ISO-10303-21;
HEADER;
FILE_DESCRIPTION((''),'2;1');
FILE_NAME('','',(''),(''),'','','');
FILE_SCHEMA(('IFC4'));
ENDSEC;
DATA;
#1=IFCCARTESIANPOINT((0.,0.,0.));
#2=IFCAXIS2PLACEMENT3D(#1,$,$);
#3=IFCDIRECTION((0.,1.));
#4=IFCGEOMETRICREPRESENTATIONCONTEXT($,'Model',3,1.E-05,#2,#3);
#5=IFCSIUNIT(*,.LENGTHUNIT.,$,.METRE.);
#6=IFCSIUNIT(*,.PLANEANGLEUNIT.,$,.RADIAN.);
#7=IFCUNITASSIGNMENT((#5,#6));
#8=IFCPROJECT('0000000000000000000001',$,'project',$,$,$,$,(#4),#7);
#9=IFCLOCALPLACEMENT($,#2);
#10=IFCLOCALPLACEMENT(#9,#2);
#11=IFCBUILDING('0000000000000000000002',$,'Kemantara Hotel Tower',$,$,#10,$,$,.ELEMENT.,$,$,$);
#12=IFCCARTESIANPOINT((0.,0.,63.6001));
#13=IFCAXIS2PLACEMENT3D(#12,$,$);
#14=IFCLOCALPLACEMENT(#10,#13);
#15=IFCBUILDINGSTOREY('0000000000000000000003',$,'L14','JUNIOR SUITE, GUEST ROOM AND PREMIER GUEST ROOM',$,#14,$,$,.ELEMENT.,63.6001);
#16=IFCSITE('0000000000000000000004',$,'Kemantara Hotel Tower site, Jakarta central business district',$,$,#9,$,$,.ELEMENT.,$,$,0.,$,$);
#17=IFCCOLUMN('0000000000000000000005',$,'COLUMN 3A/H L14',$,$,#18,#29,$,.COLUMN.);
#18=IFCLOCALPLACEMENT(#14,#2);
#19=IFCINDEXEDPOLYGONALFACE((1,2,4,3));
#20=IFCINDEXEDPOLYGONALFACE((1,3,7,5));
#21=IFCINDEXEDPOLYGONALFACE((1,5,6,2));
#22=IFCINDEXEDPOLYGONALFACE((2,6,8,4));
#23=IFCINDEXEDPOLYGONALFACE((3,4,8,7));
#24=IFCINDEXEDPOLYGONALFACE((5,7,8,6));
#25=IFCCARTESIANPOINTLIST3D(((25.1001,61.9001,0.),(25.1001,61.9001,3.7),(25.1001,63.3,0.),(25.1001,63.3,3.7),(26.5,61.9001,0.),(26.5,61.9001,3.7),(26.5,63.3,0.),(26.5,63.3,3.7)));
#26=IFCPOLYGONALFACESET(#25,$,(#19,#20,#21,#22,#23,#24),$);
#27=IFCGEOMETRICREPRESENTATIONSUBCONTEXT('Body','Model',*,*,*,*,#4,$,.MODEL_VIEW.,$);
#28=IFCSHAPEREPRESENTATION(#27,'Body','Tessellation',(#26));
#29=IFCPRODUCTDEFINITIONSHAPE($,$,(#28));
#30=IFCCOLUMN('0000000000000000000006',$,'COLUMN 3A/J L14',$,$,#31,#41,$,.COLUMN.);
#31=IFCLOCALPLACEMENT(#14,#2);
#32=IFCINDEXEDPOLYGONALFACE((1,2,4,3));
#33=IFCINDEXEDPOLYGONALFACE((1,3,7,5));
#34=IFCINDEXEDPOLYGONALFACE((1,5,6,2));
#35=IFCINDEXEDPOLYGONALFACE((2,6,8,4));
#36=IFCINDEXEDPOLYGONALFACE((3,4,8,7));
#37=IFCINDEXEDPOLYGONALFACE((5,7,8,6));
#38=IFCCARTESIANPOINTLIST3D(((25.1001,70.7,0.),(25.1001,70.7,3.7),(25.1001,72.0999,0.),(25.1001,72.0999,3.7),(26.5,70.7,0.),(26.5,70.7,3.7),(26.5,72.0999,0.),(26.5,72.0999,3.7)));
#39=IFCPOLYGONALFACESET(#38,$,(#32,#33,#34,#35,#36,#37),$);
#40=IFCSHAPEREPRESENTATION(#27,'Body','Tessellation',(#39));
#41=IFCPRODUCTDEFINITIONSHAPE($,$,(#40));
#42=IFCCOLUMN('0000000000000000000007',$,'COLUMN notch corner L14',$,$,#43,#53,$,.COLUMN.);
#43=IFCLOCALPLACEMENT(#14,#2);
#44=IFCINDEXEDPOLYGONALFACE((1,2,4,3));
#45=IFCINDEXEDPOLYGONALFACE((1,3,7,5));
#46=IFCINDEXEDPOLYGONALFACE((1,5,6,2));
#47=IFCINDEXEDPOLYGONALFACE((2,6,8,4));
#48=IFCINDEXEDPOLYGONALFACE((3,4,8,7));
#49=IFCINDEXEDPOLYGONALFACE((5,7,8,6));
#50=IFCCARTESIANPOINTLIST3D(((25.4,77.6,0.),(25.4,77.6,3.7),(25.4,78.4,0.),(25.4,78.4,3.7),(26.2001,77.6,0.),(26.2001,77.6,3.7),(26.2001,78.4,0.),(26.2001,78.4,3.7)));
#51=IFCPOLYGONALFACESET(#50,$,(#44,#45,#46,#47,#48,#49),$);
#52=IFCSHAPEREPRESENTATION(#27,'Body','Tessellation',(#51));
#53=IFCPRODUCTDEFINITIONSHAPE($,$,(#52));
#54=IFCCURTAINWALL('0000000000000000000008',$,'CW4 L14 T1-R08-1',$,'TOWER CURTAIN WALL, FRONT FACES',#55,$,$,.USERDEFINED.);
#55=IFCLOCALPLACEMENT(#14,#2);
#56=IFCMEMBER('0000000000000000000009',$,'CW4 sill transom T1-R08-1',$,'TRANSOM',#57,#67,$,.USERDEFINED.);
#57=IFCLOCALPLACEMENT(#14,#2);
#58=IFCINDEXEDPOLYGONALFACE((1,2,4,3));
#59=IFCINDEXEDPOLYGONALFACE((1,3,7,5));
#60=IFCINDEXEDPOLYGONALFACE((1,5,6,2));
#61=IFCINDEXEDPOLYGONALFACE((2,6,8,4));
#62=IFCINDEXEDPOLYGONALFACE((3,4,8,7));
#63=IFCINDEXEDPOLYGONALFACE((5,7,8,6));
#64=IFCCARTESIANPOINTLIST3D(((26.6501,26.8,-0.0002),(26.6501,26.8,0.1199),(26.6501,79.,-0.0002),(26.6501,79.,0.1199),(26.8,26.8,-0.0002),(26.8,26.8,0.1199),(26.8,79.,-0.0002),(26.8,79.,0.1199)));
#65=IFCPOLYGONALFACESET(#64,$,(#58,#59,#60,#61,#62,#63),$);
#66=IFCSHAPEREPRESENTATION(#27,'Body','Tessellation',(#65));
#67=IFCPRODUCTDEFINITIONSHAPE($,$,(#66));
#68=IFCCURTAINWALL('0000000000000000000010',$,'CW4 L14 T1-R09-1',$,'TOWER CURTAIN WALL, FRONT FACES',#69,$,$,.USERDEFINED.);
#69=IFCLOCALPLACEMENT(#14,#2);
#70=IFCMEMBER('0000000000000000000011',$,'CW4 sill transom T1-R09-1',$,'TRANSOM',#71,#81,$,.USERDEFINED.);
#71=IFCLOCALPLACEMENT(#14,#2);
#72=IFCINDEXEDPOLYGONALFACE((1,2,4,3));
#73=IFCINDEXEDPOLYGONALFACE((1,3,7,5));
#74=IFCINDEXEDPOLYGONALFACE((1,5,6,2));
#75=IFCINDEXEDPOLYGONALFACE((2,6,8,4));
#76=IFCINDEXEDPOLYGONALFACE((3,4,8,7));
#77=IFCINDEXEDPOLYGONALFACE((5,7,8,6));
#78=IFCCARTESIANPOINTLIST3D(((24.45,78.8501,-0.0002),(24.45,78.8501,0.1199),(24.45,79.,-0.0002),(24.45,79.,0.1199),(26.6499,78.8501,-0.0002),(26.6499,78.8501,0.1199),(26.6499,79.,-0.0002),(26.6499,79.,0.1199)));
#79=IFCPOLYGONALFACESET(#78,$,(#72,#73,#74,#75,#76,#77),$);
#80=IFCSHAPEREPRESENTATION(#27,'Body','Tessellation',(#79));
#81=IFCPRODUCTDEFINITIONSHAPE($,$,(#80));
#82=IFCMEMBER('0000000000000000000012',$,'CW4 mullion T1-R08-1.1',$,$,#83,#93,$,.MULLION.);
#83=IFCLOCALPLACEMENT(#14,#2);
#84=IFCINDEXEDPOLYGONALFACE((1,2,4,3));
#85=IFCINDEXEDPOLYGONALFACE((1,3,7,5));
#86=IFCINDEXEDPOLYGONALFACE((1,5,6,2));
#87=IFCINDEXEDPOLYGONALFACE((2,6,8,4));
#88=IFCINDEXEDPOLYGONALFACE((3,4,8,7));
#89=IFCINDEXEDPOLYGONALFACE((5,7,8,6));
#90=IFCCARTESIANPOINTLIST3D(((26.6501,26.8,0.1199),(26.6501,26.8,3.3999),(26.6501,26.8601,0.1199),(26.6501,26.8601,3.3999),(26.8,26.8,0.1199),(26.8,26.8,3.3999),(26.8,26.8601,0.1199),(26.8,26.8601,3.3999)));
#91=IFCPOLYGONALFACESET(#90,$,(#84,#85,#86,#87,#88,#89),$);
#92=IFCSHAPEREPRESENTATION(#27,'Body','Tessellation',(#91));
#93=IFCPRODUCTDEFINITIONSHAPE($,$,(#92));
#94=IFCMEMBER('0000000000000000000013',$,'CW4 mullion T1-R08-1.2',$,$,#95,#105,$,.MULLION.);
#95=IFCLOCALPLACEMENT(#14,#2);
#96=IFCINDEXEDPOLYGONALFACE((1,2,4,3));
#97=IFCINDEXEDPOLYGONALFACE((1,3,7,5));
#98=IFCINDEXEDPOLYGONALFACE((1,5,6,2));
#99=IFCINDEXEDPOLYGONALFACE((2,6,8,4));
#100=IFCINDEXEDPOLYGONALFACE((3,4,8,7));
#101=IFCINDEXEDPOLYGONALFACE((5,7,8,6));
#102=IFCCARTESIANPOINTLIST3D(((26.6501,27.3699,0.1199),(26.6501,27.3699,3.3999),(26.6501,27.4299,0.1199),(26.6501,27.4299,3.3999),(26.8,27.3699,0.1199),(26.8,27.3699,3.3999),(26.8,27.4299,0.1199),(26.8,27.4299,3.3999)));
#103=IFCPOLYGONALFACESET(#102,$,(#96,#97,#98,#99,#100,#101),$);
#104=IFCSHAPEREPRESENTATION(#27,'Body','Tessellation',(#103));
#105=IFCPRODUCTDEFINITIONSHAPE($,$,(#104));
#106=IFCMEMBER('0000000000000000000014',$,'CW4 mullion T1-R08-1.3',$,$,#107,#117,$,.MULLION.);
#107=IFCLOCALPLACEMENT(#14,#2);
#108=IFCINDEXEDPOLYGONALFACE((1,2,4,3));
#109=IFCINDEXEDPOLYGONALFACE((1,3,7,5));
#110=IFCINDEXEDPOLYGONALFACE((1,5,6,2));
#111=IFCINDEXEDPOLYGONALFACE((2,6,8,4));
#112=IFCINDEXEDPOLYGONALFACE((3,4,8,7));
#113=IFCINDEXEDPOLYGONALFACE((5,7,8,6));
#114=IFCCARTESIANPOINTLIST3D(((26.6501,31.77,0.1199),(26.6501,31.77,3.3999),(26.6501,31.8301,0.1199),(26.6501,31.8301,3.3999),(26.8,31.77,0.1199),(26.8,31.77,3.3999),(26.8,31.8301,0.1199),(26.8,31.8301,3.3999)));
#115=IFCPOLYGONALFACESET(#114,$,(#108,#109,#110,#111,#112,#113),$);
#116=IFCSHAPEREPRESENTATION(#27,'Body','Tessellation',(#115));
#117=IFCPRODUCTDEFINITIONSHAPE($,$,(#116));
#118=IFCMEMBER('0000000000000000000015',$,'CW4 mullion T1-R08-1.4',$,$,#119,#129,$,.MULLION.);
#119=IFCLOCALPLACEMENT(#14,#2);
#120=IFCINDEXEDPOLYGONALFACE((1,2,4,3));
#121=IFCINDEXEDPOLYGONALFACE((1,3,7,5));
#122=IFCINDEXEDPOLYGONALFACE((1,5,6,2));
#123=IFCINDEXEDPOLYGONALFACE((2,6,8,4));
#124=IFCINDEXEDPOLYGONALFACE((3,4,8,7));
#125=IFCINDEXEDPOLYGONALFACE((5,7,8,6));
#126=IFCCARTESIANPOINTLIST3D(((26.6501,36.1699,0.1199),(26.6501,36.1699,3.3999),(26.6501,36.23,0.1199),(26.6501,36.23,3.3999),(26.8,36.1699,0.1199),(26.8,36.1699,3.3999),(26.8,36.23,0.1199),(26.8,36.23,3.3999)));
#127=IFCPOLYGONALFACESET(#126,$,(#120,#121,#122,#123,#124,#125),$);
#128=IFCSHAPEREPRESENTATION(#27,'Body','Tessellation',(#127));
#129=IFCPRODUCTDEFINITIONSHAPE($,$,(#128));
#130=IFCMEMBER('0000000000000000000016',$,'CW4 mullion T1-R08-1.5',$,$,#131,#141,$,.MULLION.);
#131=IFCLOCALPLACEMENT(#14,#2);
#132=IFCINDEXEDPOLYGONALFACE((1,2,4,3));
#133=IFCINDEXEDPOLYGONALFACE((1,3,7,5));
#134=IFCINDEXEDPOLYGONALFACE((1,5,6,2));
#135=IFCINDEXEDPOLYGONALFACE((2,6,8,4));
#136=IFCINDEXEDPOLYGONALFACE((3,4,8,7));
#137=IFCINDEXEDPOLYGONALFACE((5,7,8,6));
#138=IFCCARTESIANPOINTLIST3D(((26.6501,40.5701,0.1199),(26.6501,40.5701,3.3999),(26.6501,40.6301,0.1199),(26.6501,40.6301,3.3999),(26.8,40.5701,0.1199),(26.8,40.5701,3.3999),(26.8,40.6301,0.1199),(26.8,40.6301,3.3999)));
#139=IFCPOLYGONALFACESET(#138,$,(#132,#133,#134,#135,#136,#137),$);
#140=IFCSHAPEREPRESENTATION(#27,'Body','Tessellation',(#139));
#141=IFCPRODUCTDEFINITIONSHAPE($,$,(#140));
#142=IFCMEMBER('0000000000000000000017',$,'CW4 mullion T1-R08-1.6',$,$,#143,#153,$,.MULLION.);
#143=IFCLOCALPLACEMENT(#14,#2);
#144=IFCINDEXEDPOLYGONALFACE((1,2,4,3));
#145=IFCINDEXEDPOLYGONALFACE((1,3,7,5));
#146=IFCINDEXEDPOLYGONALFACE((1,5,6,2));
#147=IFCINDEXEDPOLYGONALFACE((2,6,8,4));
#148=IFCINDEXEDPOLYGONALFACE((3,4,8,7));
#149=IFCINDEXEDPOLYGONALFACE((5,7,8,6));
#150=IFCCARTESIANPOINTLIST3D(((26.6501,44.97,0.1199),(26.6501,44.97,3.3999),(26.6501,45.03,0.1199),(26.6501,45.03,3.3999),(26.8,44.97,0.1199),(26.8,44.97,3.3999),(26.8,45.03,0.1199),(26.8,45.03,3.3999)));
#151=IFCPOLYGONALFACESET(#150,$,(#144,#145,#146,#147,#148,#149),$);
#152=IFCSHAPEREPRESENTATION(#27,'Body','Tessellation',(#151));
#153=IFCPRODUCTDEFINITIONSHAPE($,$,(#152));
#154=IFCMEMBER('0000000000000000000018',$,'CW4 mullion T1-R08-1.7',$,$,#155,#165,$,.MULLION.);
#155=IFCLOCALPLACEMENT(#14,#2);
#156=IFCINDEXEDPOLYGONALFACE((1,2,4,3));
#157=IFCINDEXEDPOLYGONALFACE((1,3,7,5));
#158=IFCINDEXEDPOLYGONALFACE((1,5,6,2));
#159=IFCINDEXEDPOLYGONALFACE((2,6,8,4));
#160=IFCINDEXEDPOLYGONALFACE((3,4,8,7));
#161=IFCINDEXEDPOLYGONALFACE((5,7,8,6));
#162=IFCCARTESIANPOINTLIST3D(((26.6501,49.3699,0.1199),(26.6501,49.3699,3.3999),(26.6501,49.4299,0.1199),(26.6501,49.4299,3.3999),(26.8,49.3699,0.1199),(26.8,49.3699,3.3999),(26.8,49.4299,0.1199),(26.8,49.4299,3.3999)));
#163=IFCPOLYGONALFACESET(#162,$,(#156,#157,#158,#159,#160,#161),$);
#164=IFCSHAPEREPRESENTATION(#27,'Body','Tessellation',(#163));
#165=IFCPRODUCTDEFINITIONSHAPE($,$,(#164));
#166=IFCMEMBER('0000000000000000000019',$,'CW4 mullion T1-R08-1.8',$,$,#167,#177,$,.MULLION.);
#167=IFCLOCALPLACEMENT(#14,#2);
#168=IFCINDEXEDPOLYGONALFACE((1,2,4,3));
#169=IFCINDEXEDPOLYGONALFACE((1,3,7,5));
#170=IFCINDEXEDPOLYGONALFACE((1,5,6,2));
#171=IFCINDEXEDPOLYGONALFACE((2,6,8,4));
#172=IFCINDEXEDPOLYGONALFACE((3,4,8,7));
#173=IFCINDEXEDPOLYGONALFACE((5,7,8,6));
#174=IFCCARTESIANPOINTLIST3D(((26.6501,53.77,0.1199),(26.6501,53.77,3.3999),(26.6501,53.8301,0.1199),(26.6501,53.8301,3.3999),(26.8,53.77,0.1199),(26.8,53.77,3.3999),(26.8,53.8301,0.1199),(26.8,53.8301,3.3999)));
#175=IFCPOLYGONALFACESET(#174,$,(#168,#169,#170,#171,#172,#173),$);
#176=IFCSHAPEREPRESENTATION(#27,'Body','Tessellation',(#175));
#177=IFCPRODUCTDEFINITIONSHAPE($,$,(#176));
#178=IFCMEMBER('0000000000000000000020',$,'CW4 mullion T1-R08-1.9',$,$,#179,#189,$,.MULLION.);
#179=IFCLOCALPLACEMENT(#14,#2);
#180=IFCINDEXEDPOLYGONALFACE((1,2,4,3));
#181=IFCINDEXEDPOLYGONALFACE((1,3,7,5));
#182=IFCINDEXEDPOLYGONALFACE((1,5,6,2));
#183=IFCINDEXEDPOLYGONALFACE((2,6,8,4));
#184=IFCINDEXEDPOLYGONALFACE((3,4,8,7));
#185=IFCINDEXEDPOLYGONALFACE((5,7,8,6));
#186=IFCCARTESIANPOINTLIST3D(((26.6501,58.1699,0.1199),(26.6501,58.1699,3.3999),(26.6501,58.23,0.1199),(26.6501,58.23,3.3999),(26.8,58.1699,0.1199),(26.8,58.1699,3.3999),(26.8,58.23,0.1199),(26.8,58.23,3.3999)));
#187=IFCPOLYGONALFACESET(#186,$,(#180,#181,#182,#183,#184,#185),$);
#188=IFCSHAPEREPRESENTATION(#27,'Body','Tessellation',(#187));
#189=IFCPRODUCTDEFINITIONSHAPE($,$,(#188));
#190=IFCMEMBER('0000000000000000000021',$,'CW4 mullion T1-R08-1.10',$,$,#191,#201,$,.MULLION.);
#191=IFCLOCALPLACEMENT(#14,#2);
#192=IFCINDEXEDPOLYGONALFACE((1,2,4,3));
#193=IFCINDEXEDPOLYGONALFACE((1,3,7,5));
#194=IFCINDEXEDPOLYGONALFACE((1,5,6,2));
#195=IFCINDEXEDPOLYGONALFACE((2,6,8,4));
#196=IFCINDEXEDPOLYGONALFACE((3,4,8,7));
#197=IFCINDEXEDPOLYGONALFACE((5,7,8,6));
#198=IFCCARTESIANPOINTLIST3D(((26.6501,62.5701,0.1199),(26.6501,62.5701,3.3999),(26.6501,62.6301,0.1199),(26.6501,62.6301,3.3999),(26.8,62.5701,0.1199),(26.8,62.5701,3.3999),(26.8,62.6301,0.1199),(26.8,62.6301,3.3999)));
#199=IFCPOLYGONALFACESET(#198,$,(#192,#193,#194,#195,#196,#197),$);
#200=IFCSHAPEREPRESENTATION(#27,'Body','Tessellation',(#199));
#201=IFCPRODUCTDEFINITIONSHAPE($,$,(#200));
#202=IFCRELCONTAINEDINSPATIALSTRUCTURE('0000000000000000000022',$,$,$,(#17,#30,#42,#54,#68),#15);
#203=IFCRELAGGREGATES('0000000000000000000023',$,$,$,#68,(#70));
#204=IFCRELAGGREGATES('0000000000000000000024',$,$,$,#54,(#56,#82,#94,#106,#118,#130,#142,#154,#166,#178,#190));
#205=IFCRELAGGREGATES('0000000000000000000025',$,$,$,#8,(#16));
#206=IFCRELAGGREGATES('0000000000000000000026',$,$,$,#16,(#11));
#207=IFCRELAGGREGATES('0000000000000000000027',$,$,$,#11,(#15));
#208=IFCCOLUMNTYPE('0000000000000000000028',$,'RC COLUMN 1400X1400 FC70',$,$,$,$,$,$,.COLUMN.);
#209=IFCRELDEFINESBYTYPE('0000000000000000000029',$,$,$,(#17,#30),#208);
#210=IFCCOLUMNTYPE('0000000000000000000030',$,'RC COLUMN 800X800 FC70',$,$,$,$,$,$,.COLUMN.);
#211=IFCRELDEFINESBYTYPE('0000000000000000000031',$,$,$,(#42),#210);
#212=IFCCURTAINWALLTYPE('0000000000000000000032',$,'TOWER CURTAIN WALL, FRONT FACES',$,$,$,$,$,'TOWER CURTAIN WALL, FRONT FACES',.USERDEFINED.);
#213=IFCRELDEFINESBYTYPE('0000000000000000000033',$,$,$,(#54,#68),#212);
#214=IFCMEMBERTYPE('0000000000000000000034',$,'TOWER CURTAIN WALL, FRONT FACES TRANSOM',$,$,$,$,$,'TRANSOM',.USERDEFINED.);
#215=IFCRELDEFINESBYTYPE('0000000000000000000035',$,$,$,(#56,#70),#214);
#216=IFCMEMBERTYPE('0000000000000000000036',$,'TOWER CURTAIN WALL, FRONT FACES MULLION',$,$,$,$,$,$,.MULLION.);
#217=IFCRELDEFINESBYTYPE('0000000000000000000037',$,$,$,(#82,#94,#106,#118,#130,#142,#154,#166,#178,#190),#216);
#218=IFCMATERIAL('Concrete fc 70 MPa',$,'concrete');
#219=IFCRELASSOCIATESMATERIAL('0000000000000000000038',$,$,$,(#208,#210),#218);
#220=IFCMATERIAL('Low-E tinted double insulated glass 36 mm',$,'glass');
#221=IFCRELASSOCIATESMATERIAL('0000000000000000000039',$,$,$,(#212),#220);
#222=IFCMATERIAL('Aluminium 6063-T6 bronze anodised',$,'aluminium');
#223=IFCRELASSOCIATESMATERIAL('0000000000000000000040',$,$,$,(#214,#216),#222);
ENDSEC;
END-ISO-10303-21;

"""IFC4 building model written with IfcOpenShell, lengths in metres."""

from ifc_helpers import new_model, si_unit, direction, frame, origin, origin_2d, place, context, subcontext, project, spatial, rectangle, extrude, source, transform, mapped, material, material_profile, profile_set, type_object, element, aggregate, save


model = new_model("IFC4")

# Units and contexts
model_context = context("Model", 3, precision=1e-05, world=origin(), true_north=direction((0.0, 1.0)))
body_context = subcontext(model_context, "Body", "Model", "MODEL_VIEW")
ifc_project = project(units=[si_unit("LENGTHUNIT", "METRE"), si_unit("PLANEANGLEUNIT", "RADIAN")], contexts=[model_context])

# Site, building, storey
site_placement = place(None, origin())
site = spatial("IfcSite", under=ifc_project, at=site_placement, Name="Kemantara Hotel Tower site, Jakarta central business district", CompositionType="ELEMENT", RefElevation=0.0)
building_placement = place(site_placement, origin())
building = spatial("IfcBuilding", under=site, at=building_placement, Name="Kemantara Hotel Tower", CompositionType="ELEMENT")
storey_placement = place(building_placement, frame((0.0, 0.0, 63.6001)))
storey = spatial("IfcBuildingStorey", under=building, at=storey_placement, Name="L14", Description="JUNIOR SUITE, GUEST ROOM AND PREMIER GUEST ROOM", CompositionType="ELEMENT", Elevation=63.6001)

# Columns
ifc_material_1 = material(Name="Concrete fc 70 MPa", Category="concrete")
ifc_material_profile_1 = material_profile(ifc_material_1, rectangle(XDim=1.3999, YDim=1.3999, at=origin_2d()), Name="RC 1400X1400")
ifc_profile_set_1 = profile_set([ifc_material_profile_1], Name="Concrete fc 70 MPa")
column_type_1 = type_object("IfcColumnType", Name="RC COLUMN 1400X1400 FC70", PredefinedType="COLUMN", material=ifc_profile_set_1)
for number, where, z_axis, x_axis, name in (
    (1, (25.8, 62.6001, 0.0), (0.0, 0.0, 1.0), (1.0, 0.0, 0.0), "COLUMN 3A/H L14"),
    (2, (25.8, 71.3999, 0.0), (0.0, 0.0, 1.0), (1.0, 0.0, 0.0), "COLUMN 3A/J L14"),
):
    element("IfcColumn", number, at=place(storey_placement, frame(where, z_axis=z_axis, x_axis=x_axis)), inside=storey, type_object=column_type_1, Name=name, PredefinedType="COLUMN", context=body_context, shape_type="SweptSolid", body=[
        extrude(rectangle(XDim=1.3999, YDim=1.3999, at=origin_2d()), origin(), (0.0, 0.0, 1.0), 3.7),
    ])
ifc_material_profile_2 = material_profile(ifc_material_1, rectangle(XDim=0.8, YDim=0.8, at=origin_2d()), Name="RC 800X800")
ifc_profile_set_2 = profile_set([ifc_material_profile_2], Name="Concrete fc 70 MPa")
column_type_2 = type_object("IfcColumnType", Name="RC COLUMN 800X800 FC70", PredefinedType="COLUMN", material=ifc_profile_set_2)
column_placement = place(storey_placement, frame((25.8, 78.0, 0.0), z_axis=(0.0, 0.0, 1.0), x_axis=(1.0, 0.0, 0.0)))
element("IfcColumn", 3, at=column_placement, inside=storey, type_object=column_type_2, Name="COLUMN notch corner L14", PredefinedType="COLUMN", context=body_context, shape_type="SweptSolid", body=[
    extrude(rectangle(XDim=0.8, YDim=0.8, at=origin_2d()), origin(), (0.0, 0.0, 1.0), 3.7),
])

# Curtain walls, members
ifc_material_2 = material(Name="Low-E tinted double insulated glass 36 mm", Category="glass")
curtain_wall_type = type_object("IfcCurtainWallType", Name="TOWER CURTAIN WALL, FRONT FACES", ElementType="TOWER CURTAIN WALL, FRONT FACES", PredefinedType="USERDEFINED", material=ifc_material_2)
curtain_wall_1_placement = place(storey_placement, origin())
curtain_wall_1 = element("IfcCurtainWall", 4, at=curtain_wall_1_placement, inside=storey, type_object=curtain_wall_type, Name="CW4 L14 T1-R08-1", ObjectType="TOWER CURTAIN WALL, FRONT FACES", PredefinedType="USERDEFINED")
ifc_material_3 = material(Name="Aluminium 6063-T6 bronze anodised", Category="aluminium")
ifc_material_profile_3 = material_profile(ifc_material_3, rectangle(XDim=0.1499, YDim=0.1201, at=origin_2d()), Name="TOWER CURTAIN WALL, FRONT FACES TRANSOM")
ifc_profile_set_3 = profile_set([ifc_material_profile_3], Name="Aluminium 6063-T6 bronze anodised")
member_type_1 = type_object("IfcMemberType", Name="TOWER CURTAIN WALL, FRONT FACES TRANSOM", ElementType="TRANSOM", PredefinedType="USERDEFINED", material=ifc_profile_set_3)
member_1_placement = place(storey_placement, frame((26.7251, 26.8, 0.0598), z_axis=(0.0, 1.0, 0.0), x_axis=(-1.0, 0.0, 0.0)))
member_1 = element("IfcMember", 5, at=member_1_placement, type_object=member_type_1, Name="CW4 sill transom T1-R08-1", ObjectType="TRANSOM", PredefinedType="USERDEFINED", context=body_context, shape_type="SweptSolid", body=[
    extrude(rectangle(XDim=0.1499, YDim=0.1201, at=origin_2d()), origin(), (0.0, 0.0, 1.0), 52.2),
])
curtain_wall_2_placement = place(storey_placement, origin())
curtain_wall_2 = element("IfcCurtainWall", 6, at=curtain_wall_2_placement, inside=storey, type_object=curtain_wall_type, Name="CW4 L14 T1-R09-1", ObjectType="TOWER CURTAIN WALL, FRONT FACES", PredefinedType="USERDEFINED")
member_2_placement = place(storey_placement, frame((26.6499, 78.925, 0.0598), z_axis=(-1.0, 0.0, 0.0), x_axis=(0.0, -1.0, 0.0)))
member_2 = element("IfcMember", 7, at=member_2_placement, type_object=member_type_1, Name="CW4 sill transom T1-R09-1", ObjectType="TRANSOM", PredefinedType="USERDEFINED", context=body_context, shape_type="SweptSolid", body=[
    extrude(rectangle(XDim=0.1499, YDim=0.1201, at=origin_2d()), origin(), (0.0, 0.0, 1.0), 2.2),
])

# Members
ifc_material_profile_4 = material_profile(ifc_material_3, rectangle(XDim=0.1499, YDim=0.0601, at=origin_2d()), Name="TOWER CURTAIN WALL, FRONT FACES MULLION")
ifc_profile_set_4 = profile_set([ifc_material_profile_4], Name="Aluminium 6063-T6 bronze anodised")
member_type_2 = type_object("IfcMemberType", Name="TOWER CURTAIN WALL, FRONT FACES MULLION", PredefinedType="MULLION", material=ifc_profile_set_4)
shared_shape_1 = source(origin(), body_context, "Body", "SweptSolid", [
    extrude(rectangle(XDim=0.1499, YDim=0.0601, at=origin_2d()), origin(), (0.0, 0.0, 1.0), 3.28),
])
member_3_placement = place(storey_placement, frame((26.7251, 26.8301, 0.1199), z_axis=(0.0, 0.0, 1.0), x_axis=(-1.0, 0.0, 0.0)))
member_3 = element("IfcMember", 8, at=member_3_placement, type_object=member_type_2, Name="CW4 mullion T1-R08-1.1", PredefinedType="MULLION", context=body_context, shape_type="MappedRepresentation", body=[
    mapped(shared_shape_1, transform((0.0, 0.0, 0.0))),
])
member_4_placement = place(storey_placement, frame((26.7251, 27.3999, 0.1199), z_axis=(0.0, 0.0, 1.0), x_axis=(-1.0, 0.0, 0.0)))
member_4 = element("IfcMember", 9, at=member_4_placement, type_object=member_type_2, Name="CW4 mullion T1-R08-1.2", PredefinedType="MULLION", context=body_context, shape_type="MappedRepresentation", body=[
    mapped(shared_shape_1, transform((0.0, 0.0, 0.0))),
])
member_5_placement = place(storey_placement, frame((26.7251, 31.8, 0.1199), z_axis=(0.0, 0.0, 1.0), x_axis=(-1.0, 0.0, 0.0)))
member_5 = element("IfcMember", 10, at=member_5_placement, type_object=member_type_2, Name="CW4 mullion T1-R08-1.3", PredefinedType="MULLION", context=body_context, shape_type="MappedRepresentation", body=[
    mapped(shared_shape_1, transform((0.0, 0.0, 0.0))),
])
member_6_placement = place(storey_placement, frame((26.7251, 36.2, 0.1199), z_axis=(0.0, 0.0, 1.0), x_axis=(-1.0, 0.0, 0.0)))
member_6 = element("IfcMember", 11, at=member_6_placement, type_object=member_type_2, Name="CW4 mullion T1-R08-1.4", PredefinedType="MULLION", context=body_context, shape_type="MappedRepresentation", body=[
    mapped(shared_shape_1, transform((0.0, 0.0, 0.0))),
])
member_7_placement = place(storey_placement, frame((26.7251, 40.6001, 0.1199), z_axis=(0.0, 0.0, 1.0), x_axis=(-1.0, 0.0, 0.0)))
member_7 = element("IfcMember", 12, at=member_7_placement, type_object=member_type_2, Name="CW4 mullion T1-R08-1.5", PredefinedType="MULLION", context=body_context, shape_type="MappedRepresentation", body=[
    mapped(shared_shape_1, transform((0.0, 0.0, 0.0))),
])
member_8_placement = place(storey_placement, frame((26.7251, 45.0, 0.1199), z_axis=(0.0, 0.0, 1.0), x_axis=(-1.0, 0.0, 0.0)))
member_8 = element("IfcMember", 13, at=member_8_placement, type_object=member_type_2, Name="CW4 mullion T1-R08-1.6", PredefinedType="MULLION", context=body_context, shape_type="MappedRepresentation", body=[
    mapped(shared_shape_1, transform((0.0, 0.0, 0.0))),
])
member_9_placement = place(storey_placement, frame((26.7251, 49.3999, 0.1199), z_axis=(0.0, 0.0, 1.0), x_axis=(-1.0, 0.0, 0.0)))
member_9 = element("IfcMember", 14, at=member_9_placement, type_object=member_type_2, Name="CW4 mullion T1-R08-1.7", PredefinedType="MULLION", context=body_context, shape_type="MappedRepresentation", body=[
    mapped(shared_shape_1, transform((0.0, 0.0, 0.0))),
])
member_10_placement = place(storey_placement, frame((26.7251, 53.8, 0.1199), z_axis=(0.0, 0.0, 1.0), x_axis=(-1.0, 0.0, 0.0)))
member_10 = element("IfcMember", 15, at=member_10_placement, type_object=member_type_2, Name="CW4 mullion T1-R08-1.8", PredefinedType="MULLION", context=body_context, shape_type="MappedRepresentation", body=[
    mapped(shared_shape_1, transform((0.0, 0.0, 0.0))),
])
member_11_placement = place(storey_placement, frame((26.7251, 58.2, 0.1199), z_axis=(0.0, 0.0, 1.0), x_axis=(-1.0, 0.0, 0.0)))
member_11 = element("IfcMember", 16, at=member_11_placement, type_object=member_type_2, Name="CW4 mullion T1-R08-1.9", PredefinedType="MULLION", context=body_context, shape_type="MappedRepresentation", body=[
    mapped(shared_shape_1, transform((0.0, 0.0, 0.0))),
])
member_12_placement = place(storey_placement, frame((26.7251, 62.6001, 0.1199), z_axis=(0.0, 0.0, 1.0), x_axis=(-1.0, 0.0, 0.0)))
member_12 = element("IfcMember", 17, at=member_12_placement, type_object=member_type_2, Name="CW4 mullion T1-R08-1.10", PredefinedType="MULLION", context=body_context, shape_type="MappedRepresentation", body=[
    mapped(shared_shape_1, transform((0.0, 0.0, 0.0))),
])
aggregate(curtain_wall_2, [member_2])

aggregate(curtain_wall_1, [member_1, member_3, member_4, member_5, member_6, member_7, member_8, member_9, member_10, member_11, member_12])

save(model, "model.ifc")
